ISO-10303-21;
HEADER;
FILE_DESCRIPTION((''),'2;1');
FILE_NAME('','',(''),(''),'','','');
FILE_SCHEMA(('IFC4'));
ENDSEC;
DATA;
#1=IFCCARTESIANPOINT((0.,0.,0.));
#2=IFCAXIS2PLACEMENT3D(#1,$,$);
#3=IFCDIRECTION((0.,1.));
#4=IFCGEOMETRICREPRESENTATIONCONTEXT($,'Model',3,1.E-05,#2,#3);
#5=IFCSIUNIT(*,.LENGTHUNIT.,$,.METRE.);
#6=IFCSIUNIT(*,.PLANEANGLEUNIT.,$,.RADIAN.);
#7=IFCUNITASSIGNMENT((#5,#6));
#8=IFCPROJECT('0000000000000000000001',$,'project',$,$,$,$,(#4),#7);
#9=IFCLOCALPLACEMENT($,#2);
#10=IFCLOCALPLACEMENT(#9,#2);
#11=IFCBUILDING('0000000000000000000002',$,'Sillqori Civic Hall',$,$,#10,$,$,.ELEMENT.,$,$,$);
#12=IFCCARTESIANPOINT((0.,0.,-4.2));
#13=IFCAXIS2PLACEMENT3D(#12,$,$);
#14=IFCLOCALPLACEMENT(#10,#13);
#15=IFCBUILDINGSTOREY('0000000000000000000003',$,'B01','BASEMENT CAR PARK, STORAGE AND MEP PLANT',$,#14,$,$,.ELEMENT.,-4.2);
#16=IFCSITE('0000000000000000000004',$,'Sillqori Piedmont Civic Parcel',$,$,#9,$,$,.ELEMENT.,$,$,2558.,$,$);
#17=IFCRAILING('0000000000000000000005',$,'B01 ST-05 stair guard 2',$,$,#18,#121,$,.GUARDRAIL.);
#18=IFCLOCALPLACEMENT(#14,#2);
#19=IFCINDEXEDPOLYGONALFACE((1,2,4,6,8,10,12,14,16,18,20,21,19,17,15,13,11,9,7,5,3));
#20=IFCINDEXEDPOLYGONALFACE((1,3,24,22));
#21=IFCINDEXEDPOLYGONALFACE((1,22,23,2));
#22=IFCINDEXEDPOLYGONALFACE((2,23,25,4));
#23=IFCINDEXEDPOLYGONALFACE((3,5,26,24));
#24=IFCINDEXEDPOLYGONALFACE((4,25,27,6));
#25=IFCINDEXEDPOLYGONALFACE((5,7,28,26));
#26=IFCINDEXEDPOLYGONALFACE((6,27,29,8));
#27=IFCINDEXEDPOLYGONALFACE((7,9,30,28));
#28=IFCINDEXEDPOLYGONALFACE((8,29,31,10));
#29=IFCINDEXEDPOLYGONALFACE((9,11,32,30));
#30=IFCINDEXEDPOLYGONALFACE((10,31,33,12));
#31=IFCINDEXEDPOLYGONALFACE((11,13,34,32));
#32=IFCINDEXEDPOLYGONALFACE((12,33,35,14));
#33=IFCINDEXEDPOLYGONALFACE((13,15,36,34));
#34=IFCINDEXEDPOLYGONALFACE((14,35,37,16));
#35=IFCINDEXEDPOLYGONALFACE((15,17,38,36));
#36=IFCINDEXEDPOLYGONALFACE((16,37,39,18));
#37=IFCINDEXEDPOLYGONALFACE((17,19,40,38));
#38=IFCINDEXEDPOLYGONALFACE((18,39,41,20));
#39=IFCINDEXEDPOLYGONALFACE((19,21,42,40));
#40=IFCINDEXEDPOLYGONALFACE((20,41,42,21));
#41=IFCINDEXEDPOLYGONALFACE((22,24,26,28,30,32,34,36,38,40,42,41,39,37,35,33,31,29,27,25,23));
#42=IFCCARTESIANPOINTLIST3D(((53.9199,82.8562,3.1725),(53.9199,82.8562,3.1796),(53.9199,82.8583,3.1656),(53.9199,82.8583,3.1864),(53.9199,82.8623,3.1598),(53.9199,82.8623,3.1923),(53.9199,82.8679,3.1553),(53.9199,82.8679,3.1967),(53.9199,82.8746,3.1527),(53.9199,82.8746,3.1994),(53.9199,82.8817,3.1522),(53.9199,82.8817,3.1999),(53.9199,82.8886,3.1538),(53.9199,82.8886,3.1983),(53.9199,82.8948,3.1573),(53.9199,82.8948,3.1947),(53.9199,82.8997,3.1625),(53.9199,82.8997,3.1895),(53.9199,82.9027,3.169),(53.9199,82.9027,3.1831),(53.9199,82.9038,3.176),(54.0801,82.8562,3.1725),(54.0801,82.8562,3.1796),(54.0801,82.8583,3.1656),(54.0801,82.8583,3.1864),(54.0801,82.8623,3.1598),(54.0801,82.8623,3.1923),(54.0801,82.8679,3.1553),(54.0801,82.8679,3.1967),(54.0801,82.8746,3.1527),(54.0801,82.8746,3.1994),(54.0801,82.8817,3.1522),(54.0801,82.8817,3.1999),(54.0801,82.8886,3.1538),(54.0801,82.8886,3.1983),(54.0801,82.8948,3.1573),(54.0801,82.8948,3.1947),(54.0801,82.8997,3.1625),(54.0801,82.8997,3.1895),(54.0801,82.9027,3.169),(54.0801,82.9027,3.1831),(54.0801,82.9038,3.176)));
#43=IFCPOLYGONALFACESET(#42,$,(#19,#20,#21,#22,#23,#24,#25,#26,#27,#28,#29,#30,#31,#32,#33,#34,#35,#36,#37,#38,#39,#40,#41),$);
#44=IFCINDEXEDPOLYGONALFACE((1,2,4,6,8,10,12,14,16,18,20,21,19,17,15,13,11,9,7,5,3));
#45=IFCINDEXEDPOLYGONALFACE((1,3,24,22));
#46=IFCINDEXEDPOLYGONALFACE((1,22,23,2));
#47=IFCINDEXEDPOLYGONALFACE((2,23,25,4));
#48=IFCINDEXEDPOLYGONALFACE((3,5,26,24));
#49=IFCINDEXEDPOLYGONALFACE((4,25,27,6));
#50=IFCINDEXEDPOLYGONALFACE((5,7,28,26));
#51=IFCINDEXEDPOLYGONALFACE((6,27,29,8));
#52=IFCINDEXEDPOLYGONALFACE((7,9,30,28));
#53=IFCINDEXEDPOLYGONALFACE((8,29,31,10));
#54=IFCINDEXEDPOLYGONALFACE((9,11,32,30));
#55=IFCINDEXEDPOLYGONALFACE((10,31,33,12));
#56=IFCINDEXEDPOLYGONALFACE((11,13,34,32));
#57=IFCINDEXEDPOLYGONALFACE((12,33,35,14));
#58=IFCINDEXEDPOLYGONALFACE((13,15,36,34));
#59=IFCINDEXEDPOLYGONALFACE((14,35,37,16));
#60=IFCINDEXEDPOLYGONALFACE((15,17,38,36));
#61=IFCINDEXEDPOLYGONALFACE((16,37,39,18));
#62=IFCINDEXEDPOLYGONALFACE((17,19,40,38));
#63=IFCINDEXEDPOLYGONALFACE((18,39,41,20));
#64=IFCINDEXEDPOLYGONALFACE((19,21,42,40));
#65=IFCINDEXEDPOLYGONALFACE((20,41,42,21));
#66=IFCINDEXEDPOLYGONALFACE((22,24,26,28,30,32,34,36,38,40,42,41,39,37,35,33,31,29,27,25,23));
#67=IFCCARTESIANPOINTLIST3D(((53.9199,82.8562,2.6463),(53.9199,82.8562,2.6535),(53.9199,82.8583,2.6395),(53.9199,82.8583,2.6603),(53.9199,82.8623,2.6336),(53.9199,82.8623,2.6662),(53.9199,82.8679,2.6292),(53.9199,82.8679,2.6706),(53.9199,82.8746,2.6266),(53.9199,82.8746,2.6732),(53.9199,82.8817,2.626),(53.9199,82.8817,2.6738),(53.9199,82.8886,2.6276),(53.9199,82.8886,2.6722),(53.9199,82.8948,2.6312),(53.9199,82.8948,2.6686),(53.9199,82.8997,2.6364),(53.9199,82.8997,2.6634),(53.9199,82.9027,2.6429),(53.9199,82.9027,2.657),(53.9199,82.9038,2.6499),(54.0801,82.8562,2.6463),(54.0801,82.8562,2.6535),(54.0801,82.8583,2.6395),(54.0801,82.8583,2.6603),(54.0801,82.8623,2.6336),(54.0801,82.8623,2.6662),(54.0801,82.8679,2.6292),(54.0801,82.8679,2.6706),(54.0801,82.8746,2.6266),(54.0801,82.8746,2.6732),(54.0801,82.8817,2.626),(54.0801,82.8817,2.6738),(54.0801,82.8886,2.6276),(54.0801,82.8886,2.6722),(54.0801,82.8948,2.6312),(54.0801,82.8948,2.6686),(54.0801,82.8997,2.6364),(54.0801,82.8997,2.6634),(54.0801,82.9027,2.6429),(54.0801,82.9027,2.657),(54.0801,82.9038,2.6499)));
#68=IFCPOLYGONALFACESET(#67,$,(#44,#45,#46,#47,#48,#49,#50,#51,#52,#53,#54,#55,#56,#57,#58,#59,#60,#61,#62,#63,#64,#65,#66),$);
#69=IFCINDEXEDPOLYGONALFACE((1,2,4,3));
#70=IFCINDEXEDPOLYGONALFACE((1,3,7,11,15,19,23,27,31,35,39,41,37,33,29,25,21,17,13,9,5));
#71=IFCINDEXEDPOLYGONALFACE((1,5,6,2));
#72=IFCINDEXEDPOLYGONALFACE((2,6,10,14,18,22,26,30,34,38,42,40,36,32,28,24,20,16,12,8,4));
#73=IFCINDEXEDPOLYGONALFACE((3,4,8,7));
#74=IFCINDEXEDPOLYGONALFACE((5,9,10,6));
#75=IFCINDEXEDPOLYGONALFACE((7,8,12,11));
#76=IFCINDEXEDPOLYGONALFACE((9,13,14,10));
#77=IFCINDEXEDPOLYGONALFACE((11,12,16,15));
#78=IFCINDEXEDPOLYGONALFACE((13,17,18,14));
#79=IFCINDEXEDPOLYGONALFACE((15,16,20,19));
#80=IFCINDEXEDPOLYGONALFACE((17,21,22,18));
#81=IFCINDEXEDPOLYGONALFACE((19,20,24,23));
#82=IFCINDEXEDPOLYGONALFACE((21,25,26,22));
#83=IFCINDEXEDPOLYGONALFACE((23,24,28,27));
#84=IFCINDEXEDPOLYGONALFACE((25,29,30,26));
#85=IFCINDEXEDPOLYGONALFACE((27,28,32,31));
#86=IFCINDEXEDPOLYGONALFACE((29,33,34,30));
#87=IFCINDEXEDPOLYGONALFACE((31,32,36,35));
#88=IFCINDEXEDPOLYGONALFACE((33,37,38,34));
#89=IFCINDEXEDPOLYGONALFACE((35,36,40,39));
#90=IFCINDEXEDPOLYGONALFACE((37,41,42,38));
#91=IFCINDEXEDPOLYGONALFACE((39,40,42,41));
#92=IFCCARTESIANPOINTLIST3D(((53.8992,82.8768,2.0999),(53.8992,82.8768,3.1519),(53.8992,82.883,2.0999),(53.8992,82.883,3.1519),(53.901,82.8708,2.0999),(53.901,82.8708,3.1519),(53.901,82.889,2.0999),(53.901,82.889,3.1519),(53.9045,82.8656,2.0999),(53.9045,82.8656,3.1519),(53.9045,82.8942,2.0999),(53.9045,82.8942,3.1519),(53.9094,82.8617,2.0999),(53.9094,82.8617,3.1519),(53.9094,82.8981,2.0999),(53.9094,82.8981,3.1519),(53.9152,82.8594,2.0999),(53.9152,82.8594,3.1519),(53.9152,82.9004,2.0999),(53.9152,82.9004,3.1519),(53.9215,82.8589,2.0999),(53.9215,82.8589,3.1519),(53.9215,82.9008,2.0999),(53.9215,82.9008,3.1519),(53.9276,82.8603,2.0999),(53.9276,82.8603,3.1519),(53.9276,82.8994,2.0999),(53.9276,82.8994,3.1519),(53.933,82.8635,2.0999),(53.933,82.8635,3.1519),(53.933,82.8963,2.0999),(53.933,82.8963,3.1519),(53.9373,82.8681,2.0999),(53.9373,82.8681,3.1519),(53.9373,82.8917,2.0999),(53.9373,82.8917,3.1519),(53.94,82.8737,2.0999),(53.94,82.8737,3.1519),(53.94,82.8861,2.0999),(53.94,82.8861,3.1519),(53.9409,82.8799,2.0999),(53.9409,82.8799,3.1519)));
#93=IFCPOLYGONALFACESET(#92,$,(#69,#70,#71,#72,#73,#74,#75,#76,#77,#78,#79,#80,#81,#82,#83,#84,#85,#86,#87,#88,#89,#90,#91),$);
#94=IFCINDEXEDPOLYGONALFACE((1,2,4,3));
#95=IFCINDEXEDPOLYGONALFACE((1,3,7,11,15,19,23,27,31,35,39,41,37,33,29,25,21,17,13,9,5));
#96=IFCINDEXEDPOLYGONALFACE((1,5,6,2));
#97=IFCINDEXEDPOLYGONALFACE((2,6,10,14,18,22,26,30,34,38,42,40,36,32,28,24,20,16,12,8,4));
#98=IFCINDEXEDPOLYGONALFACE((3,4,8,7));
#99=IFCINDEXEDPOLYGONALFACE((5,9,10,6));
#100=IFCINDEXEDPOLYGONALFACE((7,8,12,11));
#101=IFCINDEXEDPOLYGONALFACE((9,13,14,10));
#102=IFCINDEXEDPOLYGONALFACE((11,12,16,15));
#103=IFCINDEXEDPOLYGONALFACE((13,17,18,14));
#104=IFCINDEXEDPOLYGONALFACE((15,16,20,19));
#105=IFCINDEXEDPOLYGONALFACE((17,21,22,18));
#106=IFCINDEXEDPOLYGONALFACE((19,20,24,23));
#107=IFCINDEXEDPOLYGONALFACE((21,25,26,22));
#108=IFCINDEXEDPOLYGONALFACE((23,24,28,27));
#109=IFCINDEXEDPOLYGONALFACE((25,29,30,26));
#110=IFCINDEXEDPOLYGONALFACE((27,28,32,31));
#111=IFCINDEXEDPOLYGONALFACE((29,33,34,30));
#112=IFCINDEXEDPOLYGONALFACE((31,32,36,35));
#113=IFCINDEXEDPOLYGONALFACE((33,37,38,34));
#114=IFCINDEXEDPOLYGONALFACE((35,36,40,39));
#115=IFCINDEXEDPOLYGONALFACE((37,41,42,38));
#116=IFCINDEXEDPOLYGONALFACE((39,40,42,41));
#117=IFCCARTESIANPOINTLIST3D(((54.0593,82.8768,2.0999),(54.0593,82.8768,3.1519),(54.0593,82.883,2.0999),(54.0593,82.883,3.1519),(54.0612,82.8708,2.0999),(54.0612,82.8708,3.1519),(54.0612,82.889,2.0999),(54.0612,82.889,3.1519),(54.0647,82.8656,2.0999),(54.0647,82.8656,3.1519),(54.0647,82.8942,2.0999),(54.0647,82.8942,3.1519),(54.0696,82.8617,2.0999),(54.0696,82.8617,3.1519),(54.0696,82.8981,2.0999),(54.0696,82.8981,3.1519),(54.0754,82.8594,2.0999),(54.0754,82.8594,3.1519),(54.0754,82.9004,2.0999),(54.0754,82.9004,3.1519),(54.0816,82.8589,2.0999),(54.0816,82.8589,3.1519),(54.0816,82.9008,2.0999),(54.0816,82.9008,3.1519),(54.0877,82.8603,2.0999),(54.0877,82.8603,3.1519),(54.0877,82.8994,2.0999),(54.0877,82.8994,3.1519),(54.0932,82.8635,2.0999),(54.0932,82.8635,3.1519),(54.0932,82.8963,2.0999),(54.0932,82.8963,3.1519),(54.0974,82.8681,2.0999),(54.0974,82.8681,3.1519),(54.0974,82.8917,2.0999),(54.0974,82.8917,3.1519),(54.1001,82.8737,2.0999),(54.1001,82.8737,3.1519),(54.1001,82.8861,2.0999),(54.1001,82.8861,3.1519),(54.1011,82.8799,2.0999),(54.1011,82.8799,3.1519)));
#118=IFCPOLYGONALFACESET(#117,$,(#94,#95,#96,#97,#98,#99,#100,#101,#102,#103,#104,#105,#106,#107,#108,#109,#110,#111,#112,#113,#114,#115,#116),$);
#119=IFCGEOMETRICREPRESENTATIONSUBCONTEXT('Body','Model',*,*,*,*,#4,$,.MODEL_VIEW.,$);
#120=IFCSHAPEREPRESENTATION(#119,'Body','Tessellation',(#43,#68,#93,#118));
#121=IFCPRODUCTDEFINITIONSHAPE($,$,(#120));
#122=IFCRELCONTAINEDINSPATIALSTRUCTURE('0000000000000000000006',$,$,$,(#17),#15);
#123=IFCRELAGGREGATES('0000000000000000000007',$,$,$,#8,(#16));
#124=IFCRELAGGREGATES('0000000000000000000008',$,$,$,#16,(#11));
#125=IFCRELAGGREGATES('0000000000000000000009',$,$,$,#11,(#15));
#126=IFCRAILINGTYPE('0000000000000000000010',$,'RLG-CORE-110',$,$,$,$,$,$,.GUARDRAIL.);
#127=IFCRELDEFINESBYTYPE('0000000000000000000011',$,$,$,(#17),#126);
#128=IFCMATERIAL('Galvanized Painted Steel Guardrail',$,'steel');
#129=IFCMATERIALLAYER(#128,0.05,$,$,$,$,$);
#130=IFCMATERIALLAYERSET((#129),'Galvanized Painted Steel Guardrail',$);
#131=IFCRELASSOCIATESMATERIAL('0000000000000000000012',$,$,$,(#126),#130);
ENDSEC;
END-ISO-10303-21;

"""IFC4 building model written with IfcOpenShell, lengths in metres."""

from ifc_helpers import new_model, si_unit, direction, frame, origin, origin_2d, place, context, subcontext, project, spatial, circle, extrude, material, layer, layer_set, type_object, element, save


model = new_model("IFC4")

# Units and contexts
model_context = context("Model", 3, precision=1e-05, world=origin(), true_north=direction((0.0, 1.0)))
body_context = subcontext(model_context, "Body", "Model", "MODEL_VIEW")
ifc_project = project(units=[si_unit("LENGTHUNIT", "METRE"), si_unit("PLANEANGLEUNIT", "RADIAN")], contexts=[model_context])

# Site, building, storey
site_placement = place(None, origin())
site = spatial("IfcSite", under=ifc_project, at=site_placement, Name="Sillqori Piedmont Civic Parcel", CompositionType="ELEMENT", RefElevation=2558.0)
building_placement = place(site_placement, origin())
building = spatial("IfcBuilding", under=site, at=building_placement, Name="Sillqori Civic Hall", CompositionType="ELEMENT")
storey_placement = place(building_placement, frame((0.0, 0.0, -4.2)))
storey = spatial("IfcBuildingStorey", under=building, at=storey_placement, Name="B01", Description="BASEMENT CAR PARK, STORAGE AND MEP PLANT", CompositionType="ELEMENT", Elevation=-4.2)

# Railing
ifc_material_1 = material(Name="Galvanized Painted Steel Guardrail", Category="steel")
ifc_layer_1 = layer(ifc_material_1, 0.05)
ifc_layer_set_1 = layer_set([ifc_layer_1], Name="Galvanized Painted Steel Guardrail")
railing_type_1 = type_object("IfcRailingType", Name="RLG-CORE-110", PredefinedType="GUARDRAIL", material=ifc_layer_set_1)
railing_1_placement = place(storey_placement, frame((53.9199, 82.8799, 2.0999)))
element("IfcRailing", 1, at=railing_1_placement, inside=storey, type_object=railing_type_1, Name="B01 ST-05 stair guard 2", PredefinedType="GUARDRAIL", context=body_context, shape_type="SweptSolid", body=[
    extrude(circle(Radius=0.0239, at=origin_2d()), frame((0.0, 0.0, 1.0762), z_axis=(1.0, 0.0, 0.0), x_axis=(0.0, 1.0, 0.0)), (0.0, 0.0, 1.0), 0.1602),
    extrude(circle(Radius=0.0239, at=origin_2d()), frame((0.0, 0.0, 0.55), z_axis=(1.0, 0.0, 0.0), x_axis=(0.0, 1.0, 0.0)), (0.0, 0.0, 1.0), 0.1602),
    extrude(circle(Radius=0.021, at=origin_2d()), origin(), (0.0, 0.0, 1.0), 1.052),
    extrude(circle(Radius=0.021, at=origin_2d()), frame((0.1602, 0.0, 0.0)), (0.0, 0.0, 1.0), 1.052),
])

save(model, "model.ifc")
